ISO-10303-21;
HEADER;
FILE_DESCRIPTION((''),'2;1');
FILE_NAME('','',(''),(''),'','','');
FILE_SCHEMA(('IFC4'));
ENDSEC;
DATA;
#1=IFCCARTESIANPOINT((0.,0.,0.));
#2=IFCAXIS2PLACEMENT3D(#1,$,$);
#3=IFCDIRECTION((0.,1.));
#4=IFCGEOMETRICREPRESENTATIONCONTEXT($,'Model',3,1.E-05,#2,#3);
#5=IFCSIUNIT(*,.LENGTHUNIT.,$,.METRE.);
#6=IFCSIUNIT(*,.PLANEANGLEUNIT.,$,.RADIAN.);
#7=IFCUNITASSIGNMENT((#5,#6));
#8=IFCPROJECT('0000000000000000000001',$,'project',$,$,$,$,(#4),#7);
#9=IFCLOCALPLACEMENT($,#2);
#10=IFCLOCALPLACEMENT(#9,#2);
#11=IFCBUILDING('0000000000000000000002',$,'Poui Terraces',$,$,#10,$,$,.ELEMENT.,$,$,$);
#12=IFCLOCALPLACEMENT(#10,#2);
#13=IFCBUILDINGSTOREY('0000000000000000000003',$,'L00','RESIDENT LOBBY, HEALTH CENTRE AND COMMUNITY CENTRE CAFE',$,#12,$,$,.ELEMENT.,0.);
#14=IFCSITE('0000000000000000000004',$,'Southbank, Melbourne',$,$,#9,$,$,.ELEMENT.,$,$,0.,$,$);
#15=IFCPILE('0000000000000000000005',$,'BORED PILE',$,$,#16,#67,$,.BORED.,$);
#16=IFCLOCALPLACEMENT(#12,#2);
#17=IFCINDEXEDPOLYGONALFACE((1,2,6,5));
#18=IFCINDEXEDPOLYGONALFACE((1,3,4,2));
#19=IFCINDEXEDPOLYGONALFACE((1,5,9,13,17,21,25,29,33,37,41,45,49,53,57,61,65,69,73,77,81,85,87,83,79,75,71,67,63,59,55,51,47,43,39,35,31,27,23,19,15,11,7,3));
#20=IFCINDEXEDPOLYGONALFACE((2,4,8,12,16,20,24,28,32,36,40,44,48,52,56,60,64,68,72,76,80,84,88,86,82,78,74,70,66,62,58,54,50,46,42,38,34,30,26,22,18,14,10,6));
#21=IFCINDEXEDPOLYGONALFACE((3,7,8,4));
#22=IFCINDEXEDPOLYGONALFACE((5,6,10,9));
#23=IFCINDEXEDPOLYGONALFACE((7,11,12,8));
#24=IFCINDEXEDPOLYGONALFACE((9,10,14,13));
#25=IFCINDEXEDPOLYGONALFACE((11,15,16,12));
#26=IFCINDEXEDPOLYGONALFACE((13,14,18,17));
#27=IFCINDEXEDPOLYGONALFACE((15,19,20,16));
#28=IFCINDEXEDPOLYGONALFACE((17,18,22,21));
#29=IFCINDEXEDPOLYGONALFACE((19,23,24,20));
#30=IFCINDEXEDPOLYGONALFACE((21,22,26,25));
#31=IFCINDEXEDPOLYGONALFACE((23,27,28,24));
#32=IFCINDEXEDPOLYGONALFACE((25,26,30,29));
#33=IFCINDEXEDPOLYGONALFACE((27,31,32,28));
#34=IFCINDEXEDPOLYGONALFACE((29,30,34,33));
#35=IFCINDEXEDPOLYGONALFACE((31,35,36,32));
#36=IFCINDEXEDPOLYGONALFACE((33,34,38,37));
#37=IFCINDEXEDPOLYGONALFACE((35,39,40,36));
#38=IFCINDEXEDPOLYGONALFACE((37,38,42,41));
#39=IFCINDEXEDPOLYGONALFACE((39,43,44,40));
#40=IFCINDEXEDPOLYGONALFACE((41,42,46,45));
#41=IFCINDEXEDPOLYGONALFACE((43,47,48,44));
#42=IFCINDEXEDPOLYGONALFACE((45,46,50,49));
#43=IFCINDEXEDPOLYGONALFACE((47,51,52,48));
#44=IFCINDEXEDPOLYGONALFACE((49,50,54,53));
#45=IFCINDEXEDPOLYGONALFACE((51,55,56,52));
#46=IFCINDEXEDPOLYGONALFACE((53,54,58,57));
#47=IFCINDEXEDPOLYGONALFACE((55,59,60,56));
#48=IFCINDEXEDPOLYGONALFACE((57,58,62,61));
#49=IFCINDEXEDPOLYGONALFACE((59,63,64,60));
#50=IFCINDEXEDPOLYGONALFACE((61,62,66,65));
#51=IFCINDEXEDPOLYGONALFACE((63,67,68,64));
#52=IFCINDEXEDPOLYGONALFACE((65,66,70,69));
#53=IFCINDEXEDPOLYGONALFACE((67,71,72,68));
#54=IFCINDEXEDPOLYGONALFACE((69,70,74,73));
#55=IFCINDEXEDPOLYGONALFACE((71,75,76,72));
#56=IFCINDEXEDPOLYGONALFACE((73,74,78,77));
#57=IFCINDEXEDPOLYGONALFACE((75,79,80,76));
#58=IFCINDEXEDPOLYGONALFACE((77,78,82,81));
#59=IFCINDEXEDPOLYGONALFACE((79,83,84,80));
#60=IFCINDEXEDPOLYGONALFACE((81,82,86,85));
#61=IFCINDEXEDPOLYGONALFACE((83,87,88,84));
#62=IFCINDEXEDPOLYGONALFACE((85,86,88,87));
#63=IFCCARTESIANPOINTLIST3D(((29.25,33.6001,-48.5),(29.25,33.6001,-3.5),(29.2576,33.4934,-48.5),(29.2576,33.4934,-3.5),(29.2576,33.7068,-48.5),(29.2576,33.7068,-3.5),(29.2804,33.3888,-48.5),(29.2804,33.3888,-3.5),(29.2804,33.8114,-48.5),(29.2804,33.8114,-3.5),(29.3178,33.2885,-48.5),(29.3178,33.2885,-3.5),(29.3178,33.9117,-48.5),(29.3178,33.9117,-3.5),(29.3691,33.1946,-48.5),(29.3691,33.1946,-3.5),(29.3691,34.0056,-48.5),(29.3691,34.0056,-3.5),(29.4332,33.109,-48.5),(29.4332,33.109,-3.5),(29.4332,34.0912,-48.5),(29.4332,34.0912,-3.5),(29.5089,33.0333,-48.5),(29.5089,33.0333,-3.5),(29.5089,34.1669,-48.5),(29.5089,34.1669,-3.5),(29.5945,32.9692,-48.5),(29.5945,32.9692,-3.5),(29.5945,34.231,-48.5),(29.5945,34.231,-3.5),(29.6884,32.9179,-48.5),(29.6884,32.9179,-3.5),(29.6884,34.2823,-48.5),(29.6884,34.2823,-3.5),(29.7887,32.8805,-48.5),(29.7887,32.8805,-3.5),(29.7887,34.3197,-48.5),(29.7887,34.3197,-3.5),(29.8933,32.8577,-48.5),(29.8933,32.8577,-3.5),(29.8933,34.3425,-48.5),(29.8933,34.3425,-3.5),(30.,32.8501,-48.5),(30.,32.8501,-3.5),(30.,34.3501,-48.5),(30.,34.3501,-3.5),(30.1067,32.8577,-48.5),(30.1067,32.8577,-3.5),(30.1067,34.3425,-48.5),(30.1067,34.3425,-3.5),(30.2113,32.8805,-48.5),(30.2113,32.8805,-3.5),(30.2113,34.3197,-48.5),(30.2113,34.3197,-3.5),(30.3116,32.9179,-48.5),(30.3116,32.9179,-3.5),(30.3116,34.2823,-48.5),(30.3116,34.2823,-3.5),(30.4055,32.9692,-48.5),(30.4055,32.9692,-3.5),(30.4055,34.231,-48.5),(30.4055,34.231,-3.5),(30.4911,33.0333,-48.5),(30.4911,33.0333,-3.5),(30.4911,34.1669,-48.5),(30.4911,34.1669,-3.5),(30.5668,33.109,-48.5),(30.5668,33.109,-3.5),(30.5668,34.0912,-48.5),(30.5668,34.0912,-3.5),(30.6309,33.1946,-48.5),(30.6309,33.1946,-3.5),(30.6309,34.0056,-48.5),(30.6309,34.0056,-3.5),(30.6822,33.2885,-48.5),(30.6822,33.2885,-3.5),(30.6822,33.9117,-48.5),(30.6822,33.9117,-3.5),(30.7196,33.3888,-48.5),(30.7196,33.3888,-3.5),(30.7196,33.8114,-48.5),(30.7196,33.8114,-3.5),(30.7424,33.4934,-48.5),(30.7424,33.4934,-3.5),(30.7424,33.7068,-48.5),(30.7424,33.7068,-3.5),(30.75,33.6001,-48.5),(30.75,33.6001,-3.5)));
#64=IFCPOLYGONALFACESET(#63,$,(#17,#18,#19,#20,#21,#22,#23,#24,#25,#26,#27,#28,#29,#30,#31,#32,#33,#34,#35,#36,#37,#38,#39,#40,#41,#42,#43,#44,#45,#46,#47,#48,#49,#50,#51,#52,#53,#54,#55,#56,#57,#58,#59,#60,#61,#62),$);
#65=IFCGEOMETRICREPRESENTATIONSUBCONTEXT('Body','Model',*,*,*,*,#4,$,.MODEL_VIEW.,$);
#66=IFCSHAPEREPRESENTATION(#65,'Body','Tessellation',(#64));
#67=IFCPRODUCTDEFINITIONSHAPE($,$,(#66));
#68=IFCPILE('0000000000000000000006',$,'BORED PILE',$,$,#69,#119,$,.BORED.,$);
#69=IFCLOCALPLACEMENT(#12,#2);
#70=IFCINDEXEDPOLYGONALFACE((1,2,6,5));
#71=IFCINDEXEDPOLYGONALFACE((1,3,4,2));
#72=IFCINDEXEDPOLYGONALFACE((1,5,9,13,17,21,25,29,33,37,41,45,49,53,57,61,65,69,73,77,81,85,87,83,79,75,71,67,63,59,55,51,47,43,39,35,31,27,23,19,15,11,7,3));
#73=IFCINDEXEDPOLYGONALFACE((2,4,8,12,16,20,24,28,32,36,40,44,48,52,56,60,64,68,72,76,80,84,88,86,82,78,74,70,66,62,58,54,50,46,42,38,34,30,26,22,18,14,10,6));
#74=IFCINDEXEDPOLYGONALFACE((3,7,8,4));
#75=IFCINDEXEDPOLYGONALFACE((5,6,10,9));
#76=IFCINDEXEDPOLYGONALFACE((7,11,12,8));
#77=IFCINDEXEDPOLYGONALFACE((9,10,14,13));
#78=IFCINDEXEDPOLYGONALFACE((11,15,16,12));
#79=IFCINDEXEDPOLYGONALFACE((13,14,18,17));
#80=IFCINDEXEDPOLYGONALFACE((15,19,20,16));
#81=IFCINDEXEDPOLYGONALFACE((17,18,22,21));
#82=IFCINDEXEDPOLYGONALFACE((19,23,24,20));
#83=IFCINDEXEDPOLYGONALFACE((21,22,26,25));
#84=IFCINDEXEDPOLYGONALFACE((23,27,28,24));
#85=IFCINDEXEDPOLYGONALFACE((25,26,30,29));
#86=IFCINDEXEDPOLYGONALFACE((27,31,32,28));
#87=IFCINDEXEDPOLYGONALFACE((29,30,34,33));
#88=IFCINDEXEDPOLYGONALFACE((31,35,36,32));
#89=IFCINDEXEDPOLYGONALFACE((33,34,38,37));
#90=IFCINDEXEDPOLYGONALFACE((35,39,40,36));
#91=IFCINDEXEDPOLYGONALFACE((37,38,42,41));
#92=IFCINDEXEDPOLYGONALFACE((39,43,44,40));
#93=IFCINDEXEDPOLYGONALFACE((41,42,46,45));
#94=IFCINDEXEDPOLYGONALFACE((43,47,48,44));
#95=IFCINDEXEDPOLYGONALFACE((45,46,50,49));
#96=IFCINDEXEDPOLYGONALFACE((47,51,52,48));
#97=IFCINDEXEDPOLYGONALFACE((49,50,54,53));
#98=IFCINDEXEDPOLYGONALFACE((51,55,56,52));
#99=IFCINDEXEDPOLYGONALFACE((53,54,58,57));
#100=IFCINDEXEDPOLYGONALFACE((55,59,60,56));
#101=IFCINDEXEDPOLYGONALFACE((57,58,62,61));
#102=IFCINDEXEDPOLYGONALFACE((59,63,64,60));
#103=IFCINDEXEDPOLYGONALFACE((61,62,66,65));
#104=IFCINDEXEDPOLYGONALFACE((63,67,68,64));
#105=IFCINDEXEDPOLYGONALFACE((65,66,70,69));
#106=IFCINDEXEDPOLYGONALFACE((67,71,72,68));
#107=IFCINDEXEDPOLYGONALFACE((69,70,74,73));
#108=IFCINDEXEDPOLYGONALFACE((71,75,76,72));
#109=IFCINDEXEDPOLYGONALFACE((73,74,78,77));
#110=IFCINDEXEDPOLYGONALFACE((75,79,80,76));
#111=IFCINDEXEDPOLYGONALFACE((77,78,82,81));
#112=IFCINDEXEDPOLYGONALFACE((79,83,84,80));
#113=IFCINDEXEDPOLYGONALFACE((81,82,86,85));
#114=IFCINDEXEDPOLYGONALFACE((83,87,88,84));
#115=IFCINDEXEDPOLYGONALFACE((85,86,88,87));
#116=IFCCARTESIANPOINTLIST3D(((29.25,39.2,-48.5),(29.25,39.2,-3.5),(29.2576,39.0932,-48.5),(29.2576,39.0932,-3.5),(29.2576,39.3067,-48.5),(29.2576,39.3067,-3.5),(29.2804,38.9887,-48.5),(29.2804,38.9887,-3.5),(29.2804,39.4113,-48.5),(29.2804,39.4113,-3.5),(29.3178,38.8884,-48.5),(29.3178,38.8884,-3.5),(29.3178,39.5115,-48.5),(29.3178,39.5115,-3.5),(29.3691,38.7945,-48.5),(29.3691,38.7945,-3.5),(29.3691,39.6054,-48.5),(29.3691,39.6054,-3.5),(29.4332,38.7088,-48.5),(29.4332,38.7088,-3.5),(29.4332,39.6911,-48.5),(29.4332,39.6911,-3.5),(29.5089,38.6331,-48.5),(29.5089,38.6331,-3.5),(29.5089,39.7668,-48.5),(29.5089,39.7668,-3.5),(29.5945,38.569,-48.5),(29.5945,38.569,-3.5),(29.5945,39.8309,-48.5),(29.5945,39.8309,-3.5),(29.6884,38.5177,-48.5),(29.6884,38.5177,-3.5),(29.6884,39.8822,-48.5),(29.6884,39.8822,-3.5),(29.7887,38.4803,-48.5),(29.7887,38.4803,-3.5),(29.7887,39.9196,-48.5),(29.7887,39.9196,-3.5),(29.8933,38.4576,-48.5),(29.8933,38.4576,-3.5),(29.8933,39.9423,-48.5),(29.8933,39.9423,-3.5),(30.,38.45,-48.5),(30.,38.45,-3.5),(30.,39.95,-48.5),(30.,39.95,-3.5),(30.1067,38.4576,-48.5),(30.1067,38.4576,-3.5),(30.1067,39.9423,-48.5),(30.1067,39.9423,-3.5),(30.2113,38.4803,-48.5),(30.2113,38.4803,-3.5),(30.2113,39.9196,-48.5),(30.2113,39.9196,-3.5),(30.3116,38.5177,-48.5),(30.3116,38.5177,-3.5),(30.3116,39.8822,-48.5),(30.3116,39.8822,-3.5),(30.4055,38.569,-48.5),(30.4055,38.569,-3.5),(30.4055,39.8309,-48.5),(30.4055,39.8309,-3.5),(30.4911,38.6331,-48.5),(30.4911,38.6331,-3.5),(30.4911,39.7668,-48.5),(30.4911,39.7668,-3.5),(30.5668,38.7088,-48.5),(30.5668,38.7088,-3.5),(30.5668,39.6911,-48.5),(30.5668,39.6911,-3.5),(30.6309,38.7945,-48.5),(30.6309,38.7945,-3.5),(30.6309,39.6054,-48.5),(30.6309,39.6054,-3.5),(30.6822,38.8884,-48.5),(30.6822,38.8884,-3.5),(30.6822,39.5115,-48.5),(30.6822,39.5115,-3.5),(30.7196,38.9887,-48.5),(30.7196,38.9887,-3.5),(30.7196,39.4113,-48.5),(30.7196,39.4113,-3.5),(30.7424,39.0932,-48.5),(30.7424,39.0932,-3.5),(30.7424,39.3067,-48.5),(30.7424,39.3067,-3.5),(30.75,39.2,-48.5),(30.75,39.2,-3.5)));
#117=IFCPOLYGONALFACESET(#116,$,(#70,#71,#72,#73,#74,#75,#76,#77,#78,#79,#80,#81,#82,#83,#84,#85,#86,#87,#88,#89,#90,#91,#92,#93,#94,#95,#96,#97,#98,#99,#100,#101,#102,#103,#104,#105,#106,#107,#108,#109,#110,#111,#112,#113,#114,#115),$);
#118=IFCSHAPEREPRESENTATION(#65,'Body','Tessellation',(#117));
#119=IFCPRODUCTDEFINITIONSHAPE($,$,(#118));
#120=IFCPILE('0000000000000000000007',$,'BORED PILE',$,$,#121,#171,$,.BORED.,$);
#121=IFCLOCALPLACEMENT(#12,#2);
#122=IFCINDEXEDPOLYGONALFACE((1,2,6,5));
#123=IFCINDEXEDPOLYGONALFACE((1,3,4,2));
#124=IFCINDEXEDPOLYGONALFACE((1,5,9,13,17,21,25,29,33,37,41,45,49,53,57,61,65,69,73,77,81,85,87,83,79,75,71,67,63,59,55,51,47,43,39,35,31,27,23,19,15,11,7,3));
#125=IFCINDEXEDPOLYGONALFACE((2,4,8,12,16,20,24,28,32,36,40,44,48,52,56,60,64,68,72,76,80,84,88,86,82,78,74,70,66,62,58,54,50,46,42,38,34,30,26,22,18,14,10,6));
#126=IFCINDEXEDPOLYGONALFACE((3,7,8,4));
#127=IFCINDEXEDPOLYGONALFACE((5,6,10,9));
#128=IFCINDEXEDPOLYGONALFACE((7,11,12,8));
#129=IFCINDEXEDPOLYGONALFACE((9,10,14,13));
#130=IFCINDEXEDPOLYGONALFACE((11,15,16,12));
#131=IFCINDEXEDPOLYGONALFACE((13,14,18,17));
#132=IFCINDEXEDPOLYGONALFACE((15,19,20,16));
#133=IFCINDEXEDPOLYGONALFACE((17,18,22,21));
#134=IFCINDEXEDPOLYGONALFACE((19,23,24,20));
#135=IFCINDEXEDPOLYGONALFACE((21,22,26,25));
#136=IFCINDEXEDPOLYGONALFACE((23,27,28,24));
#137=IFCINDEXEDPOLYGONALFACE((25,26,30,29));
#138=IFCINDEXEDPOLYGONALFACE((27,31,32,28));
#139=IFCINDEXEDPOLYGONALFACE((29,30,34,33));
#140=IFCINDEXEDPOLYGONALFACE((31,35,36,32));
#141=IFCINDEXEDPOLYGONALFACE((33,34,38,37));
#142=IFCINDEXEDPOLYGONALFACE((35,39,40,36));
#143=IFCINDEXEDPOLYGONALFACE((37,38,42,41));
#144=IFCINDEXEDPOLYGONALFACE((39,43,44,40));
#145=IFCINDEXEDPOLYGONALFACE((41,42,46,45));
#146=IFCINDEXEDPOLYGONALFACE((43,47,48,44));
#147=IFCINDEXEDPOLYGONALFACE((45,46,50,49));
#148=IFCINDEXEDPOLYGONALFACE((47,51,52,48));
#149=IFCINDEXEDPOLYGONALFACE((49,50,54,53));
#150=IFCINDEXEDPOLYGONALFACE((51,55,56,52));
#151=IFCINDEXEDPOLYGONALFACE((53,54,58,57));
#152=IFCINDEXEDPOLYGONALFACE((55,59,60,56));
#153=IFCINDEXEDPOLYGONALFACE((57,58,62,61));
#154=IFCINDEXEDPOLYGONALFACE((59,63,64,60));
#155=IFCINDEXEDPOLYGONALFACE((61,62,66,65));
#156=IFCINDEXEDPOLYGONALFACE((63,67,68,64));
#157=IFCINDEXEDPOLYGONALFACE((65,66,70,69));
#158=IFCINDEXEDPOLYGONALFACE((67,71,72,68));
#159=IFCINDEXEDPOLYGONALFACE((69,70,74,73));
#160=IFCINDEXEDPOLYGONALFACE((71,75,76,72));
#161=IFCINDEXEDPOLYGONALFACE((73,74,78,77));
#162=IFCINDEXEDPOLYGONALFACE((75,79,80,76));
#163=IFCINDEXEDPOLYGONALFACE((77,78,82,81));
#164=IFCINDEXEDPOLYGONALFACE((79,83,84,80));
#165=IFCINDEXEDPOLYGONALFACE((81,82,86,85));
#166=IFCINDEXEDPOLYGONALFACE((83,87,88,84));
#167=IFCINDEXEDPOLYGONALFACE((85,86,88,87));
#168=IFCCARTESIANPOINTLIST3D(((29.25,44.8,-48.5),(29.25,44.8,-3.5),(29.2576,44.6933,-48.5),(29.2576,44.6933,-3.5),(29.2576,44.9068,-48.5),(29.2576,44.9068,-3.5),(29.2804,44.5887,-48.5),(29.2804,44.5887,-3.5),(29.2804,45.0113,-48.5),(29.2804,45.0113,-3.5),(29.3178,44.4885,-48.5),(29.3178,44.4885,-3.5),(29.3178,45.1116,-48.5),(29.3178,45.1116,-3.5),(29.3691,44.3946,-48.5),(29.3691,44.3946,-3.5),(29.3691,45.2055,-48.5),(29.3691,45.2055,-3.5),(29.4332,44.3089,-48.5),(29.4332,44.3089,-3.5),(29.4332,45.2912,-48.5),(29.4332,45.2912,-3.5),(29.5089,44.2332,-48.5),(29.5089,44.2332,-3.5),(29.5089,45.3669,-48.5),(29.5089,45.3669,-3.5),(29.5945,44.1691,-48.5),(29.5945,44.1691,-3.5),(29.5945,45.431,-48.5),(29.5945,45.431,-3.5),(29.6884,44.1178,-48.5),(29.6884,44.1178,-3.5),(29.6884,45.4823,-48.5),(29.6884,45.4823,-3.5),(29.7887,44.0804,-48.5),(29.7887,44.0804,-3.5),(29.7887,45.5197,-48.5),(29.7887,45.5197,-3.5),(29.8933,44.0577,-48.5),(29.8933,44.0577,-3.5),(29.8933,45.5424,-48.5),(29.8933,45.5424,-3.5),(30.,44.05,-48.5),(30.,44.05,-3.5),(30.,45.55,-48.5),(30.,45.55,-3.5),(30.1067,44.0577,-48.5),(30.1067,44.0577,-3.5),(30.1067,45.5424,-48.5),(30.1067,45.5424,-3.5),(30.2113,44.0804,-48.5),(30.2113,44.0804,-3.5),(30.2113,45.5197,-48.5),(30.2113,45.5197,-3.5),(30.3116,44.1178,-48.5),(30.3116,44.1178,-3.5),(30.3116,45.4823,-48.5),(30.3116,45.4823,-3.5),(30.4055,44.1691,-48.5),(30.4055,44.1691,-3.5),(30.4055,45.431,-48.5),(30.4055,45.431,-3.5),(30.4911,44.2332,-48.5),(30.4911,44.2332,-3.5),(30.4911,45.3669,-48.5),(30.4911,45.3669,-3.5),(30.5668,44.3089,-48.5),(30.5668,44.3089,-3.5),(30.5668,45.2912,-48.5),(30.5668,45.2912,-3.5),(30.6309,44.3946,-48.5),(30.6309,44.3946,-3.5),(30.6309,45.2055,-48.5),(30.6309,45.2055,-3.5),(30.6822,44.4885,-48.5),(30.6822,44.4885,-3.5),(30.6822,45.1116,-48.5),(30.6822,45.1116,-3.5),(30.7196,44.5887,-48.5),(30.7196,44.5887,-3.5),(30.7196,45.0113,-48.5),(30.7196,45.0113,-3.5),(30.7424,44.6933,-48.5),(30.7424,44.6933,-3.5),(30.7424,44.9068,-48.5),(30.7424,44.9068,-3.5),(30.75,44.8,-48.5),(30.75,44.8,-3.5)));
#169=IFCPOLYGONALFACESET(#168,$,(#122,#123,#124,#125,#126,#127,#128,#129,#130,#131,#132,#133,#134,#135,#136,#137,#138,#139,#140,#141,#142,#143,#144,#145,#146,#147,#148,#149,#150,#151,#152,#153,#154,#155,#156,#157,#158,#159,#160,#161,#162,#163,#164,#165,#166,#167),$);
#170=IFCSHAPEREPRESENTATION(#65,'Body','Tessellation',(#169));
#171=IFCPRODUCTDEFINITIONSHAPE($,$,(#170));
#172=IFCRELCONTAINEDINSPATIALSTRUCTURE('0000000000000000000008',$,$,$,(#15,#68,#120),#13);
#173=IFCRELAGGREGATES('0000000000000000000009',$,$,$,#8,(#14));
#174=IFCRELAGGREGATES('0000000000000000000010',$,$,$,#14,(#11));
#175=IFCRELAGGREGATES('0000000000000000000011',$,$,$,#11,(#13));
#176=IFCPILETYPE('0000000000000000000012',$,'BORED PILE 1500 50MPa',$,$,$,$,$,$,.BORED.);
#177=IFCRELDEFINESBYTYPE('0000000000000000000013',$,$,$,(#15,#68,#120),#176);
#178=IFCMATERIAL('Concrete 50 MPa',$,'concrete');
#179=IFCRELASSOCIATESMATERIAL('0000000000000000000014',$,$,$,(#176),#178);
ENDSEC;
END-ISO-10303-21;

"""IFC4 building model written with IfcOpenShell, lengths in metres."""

from ifc_helpers import new_model, si_unit, direction, frame, origin, origin_2d, place, context, subcontext, project, spatial, circle, extrude, material, material_profile, profile_set, type_object, element, save


model = new_model("IFC4")

# Units and contexts
model_context = context("Model", 3, precision=1e-05, world=origin(), true_north=direction((0.0, 1.0)))
body_context = subcontext(model_context, "Body", "Model", "MODEL_VIEW")
ifc_project = project(units=[si_unit("LENGTHUNIT", "METRE"), si_unit("PLANEANGLEUNIT", "RADIAN")], contexts=[model_context])

# Site, building, storey
site_placement = place(None, origin())
site = spatial("IfcSite", under=ifc_project, at=site_placement, Name="Southbank, Melbourne", CompositionType="ELEMENT", RefElevation=0.0)
building_placement = place(site_placement, origin())
building = spatial("IfcBuilding", under=site, at=building_placement, Name="Poui Terraces", CompositionType="ELEMENT")
storey_placement = place(building_placement, origin())
storey = spatial("IfcBuildingStorey", under=building, at=storey_placement, Name="L00", Description="RESIDENT LOBBY, HEALTH CENTRE AND COMMUNITY CENTRE CAFE", CompositionType="ELEMENT", Elevation=0.0)

# Piles
ifc_material_1 = material(Name="Concrete 50 MPa", Category="concrete")
ifc_material_profile_1 = material_profile(ifc_material_1, circle(Radius=0.75, at=origin_2d()), Name="RC D1500")
ifc_profile_set_1 = profile_set([ifc_material_profile_1], Name="Concrete 50 MPa")
pile_type = type_object("IfcPileType", Name="BORED PILE 1500 50MPa", PredefinedType="BORED", material=ifc_profile_set_1)
for number, where, z_axis, x_axis, name in (
    (1, (30.0, 33.6001, -3.5), (0.0, 0.0, -1.0), (1.0, 0.0, 0.0), "BORED PILE"),
    (2, (30.0, 39.2, -3.5), (0.0, 0.0, -1.0), (1.0, 0.0, 0.0), "BORED PILE"),
    (3, (30.0, 44.8, -3.5), (0.0, 0.0, -1.0), (1.0, 0.0, 0.0), "BORED PILE"),
):
    element("IfcPile", number, at=place(storey_placement, frame(where, z_axis=z_axis, x_axis=x_axis)), inside=storey, type_object=pile_type, Name=name, PredefinedType="BORED", context=body_context, shape_type="SweptSolid", body=[
        extrude(circle(Radius=0.75, at=origin_2d()), origin(), (0.0, 0.0, 1.0), 45.0),
    ])

save(model, "model.ifc")
